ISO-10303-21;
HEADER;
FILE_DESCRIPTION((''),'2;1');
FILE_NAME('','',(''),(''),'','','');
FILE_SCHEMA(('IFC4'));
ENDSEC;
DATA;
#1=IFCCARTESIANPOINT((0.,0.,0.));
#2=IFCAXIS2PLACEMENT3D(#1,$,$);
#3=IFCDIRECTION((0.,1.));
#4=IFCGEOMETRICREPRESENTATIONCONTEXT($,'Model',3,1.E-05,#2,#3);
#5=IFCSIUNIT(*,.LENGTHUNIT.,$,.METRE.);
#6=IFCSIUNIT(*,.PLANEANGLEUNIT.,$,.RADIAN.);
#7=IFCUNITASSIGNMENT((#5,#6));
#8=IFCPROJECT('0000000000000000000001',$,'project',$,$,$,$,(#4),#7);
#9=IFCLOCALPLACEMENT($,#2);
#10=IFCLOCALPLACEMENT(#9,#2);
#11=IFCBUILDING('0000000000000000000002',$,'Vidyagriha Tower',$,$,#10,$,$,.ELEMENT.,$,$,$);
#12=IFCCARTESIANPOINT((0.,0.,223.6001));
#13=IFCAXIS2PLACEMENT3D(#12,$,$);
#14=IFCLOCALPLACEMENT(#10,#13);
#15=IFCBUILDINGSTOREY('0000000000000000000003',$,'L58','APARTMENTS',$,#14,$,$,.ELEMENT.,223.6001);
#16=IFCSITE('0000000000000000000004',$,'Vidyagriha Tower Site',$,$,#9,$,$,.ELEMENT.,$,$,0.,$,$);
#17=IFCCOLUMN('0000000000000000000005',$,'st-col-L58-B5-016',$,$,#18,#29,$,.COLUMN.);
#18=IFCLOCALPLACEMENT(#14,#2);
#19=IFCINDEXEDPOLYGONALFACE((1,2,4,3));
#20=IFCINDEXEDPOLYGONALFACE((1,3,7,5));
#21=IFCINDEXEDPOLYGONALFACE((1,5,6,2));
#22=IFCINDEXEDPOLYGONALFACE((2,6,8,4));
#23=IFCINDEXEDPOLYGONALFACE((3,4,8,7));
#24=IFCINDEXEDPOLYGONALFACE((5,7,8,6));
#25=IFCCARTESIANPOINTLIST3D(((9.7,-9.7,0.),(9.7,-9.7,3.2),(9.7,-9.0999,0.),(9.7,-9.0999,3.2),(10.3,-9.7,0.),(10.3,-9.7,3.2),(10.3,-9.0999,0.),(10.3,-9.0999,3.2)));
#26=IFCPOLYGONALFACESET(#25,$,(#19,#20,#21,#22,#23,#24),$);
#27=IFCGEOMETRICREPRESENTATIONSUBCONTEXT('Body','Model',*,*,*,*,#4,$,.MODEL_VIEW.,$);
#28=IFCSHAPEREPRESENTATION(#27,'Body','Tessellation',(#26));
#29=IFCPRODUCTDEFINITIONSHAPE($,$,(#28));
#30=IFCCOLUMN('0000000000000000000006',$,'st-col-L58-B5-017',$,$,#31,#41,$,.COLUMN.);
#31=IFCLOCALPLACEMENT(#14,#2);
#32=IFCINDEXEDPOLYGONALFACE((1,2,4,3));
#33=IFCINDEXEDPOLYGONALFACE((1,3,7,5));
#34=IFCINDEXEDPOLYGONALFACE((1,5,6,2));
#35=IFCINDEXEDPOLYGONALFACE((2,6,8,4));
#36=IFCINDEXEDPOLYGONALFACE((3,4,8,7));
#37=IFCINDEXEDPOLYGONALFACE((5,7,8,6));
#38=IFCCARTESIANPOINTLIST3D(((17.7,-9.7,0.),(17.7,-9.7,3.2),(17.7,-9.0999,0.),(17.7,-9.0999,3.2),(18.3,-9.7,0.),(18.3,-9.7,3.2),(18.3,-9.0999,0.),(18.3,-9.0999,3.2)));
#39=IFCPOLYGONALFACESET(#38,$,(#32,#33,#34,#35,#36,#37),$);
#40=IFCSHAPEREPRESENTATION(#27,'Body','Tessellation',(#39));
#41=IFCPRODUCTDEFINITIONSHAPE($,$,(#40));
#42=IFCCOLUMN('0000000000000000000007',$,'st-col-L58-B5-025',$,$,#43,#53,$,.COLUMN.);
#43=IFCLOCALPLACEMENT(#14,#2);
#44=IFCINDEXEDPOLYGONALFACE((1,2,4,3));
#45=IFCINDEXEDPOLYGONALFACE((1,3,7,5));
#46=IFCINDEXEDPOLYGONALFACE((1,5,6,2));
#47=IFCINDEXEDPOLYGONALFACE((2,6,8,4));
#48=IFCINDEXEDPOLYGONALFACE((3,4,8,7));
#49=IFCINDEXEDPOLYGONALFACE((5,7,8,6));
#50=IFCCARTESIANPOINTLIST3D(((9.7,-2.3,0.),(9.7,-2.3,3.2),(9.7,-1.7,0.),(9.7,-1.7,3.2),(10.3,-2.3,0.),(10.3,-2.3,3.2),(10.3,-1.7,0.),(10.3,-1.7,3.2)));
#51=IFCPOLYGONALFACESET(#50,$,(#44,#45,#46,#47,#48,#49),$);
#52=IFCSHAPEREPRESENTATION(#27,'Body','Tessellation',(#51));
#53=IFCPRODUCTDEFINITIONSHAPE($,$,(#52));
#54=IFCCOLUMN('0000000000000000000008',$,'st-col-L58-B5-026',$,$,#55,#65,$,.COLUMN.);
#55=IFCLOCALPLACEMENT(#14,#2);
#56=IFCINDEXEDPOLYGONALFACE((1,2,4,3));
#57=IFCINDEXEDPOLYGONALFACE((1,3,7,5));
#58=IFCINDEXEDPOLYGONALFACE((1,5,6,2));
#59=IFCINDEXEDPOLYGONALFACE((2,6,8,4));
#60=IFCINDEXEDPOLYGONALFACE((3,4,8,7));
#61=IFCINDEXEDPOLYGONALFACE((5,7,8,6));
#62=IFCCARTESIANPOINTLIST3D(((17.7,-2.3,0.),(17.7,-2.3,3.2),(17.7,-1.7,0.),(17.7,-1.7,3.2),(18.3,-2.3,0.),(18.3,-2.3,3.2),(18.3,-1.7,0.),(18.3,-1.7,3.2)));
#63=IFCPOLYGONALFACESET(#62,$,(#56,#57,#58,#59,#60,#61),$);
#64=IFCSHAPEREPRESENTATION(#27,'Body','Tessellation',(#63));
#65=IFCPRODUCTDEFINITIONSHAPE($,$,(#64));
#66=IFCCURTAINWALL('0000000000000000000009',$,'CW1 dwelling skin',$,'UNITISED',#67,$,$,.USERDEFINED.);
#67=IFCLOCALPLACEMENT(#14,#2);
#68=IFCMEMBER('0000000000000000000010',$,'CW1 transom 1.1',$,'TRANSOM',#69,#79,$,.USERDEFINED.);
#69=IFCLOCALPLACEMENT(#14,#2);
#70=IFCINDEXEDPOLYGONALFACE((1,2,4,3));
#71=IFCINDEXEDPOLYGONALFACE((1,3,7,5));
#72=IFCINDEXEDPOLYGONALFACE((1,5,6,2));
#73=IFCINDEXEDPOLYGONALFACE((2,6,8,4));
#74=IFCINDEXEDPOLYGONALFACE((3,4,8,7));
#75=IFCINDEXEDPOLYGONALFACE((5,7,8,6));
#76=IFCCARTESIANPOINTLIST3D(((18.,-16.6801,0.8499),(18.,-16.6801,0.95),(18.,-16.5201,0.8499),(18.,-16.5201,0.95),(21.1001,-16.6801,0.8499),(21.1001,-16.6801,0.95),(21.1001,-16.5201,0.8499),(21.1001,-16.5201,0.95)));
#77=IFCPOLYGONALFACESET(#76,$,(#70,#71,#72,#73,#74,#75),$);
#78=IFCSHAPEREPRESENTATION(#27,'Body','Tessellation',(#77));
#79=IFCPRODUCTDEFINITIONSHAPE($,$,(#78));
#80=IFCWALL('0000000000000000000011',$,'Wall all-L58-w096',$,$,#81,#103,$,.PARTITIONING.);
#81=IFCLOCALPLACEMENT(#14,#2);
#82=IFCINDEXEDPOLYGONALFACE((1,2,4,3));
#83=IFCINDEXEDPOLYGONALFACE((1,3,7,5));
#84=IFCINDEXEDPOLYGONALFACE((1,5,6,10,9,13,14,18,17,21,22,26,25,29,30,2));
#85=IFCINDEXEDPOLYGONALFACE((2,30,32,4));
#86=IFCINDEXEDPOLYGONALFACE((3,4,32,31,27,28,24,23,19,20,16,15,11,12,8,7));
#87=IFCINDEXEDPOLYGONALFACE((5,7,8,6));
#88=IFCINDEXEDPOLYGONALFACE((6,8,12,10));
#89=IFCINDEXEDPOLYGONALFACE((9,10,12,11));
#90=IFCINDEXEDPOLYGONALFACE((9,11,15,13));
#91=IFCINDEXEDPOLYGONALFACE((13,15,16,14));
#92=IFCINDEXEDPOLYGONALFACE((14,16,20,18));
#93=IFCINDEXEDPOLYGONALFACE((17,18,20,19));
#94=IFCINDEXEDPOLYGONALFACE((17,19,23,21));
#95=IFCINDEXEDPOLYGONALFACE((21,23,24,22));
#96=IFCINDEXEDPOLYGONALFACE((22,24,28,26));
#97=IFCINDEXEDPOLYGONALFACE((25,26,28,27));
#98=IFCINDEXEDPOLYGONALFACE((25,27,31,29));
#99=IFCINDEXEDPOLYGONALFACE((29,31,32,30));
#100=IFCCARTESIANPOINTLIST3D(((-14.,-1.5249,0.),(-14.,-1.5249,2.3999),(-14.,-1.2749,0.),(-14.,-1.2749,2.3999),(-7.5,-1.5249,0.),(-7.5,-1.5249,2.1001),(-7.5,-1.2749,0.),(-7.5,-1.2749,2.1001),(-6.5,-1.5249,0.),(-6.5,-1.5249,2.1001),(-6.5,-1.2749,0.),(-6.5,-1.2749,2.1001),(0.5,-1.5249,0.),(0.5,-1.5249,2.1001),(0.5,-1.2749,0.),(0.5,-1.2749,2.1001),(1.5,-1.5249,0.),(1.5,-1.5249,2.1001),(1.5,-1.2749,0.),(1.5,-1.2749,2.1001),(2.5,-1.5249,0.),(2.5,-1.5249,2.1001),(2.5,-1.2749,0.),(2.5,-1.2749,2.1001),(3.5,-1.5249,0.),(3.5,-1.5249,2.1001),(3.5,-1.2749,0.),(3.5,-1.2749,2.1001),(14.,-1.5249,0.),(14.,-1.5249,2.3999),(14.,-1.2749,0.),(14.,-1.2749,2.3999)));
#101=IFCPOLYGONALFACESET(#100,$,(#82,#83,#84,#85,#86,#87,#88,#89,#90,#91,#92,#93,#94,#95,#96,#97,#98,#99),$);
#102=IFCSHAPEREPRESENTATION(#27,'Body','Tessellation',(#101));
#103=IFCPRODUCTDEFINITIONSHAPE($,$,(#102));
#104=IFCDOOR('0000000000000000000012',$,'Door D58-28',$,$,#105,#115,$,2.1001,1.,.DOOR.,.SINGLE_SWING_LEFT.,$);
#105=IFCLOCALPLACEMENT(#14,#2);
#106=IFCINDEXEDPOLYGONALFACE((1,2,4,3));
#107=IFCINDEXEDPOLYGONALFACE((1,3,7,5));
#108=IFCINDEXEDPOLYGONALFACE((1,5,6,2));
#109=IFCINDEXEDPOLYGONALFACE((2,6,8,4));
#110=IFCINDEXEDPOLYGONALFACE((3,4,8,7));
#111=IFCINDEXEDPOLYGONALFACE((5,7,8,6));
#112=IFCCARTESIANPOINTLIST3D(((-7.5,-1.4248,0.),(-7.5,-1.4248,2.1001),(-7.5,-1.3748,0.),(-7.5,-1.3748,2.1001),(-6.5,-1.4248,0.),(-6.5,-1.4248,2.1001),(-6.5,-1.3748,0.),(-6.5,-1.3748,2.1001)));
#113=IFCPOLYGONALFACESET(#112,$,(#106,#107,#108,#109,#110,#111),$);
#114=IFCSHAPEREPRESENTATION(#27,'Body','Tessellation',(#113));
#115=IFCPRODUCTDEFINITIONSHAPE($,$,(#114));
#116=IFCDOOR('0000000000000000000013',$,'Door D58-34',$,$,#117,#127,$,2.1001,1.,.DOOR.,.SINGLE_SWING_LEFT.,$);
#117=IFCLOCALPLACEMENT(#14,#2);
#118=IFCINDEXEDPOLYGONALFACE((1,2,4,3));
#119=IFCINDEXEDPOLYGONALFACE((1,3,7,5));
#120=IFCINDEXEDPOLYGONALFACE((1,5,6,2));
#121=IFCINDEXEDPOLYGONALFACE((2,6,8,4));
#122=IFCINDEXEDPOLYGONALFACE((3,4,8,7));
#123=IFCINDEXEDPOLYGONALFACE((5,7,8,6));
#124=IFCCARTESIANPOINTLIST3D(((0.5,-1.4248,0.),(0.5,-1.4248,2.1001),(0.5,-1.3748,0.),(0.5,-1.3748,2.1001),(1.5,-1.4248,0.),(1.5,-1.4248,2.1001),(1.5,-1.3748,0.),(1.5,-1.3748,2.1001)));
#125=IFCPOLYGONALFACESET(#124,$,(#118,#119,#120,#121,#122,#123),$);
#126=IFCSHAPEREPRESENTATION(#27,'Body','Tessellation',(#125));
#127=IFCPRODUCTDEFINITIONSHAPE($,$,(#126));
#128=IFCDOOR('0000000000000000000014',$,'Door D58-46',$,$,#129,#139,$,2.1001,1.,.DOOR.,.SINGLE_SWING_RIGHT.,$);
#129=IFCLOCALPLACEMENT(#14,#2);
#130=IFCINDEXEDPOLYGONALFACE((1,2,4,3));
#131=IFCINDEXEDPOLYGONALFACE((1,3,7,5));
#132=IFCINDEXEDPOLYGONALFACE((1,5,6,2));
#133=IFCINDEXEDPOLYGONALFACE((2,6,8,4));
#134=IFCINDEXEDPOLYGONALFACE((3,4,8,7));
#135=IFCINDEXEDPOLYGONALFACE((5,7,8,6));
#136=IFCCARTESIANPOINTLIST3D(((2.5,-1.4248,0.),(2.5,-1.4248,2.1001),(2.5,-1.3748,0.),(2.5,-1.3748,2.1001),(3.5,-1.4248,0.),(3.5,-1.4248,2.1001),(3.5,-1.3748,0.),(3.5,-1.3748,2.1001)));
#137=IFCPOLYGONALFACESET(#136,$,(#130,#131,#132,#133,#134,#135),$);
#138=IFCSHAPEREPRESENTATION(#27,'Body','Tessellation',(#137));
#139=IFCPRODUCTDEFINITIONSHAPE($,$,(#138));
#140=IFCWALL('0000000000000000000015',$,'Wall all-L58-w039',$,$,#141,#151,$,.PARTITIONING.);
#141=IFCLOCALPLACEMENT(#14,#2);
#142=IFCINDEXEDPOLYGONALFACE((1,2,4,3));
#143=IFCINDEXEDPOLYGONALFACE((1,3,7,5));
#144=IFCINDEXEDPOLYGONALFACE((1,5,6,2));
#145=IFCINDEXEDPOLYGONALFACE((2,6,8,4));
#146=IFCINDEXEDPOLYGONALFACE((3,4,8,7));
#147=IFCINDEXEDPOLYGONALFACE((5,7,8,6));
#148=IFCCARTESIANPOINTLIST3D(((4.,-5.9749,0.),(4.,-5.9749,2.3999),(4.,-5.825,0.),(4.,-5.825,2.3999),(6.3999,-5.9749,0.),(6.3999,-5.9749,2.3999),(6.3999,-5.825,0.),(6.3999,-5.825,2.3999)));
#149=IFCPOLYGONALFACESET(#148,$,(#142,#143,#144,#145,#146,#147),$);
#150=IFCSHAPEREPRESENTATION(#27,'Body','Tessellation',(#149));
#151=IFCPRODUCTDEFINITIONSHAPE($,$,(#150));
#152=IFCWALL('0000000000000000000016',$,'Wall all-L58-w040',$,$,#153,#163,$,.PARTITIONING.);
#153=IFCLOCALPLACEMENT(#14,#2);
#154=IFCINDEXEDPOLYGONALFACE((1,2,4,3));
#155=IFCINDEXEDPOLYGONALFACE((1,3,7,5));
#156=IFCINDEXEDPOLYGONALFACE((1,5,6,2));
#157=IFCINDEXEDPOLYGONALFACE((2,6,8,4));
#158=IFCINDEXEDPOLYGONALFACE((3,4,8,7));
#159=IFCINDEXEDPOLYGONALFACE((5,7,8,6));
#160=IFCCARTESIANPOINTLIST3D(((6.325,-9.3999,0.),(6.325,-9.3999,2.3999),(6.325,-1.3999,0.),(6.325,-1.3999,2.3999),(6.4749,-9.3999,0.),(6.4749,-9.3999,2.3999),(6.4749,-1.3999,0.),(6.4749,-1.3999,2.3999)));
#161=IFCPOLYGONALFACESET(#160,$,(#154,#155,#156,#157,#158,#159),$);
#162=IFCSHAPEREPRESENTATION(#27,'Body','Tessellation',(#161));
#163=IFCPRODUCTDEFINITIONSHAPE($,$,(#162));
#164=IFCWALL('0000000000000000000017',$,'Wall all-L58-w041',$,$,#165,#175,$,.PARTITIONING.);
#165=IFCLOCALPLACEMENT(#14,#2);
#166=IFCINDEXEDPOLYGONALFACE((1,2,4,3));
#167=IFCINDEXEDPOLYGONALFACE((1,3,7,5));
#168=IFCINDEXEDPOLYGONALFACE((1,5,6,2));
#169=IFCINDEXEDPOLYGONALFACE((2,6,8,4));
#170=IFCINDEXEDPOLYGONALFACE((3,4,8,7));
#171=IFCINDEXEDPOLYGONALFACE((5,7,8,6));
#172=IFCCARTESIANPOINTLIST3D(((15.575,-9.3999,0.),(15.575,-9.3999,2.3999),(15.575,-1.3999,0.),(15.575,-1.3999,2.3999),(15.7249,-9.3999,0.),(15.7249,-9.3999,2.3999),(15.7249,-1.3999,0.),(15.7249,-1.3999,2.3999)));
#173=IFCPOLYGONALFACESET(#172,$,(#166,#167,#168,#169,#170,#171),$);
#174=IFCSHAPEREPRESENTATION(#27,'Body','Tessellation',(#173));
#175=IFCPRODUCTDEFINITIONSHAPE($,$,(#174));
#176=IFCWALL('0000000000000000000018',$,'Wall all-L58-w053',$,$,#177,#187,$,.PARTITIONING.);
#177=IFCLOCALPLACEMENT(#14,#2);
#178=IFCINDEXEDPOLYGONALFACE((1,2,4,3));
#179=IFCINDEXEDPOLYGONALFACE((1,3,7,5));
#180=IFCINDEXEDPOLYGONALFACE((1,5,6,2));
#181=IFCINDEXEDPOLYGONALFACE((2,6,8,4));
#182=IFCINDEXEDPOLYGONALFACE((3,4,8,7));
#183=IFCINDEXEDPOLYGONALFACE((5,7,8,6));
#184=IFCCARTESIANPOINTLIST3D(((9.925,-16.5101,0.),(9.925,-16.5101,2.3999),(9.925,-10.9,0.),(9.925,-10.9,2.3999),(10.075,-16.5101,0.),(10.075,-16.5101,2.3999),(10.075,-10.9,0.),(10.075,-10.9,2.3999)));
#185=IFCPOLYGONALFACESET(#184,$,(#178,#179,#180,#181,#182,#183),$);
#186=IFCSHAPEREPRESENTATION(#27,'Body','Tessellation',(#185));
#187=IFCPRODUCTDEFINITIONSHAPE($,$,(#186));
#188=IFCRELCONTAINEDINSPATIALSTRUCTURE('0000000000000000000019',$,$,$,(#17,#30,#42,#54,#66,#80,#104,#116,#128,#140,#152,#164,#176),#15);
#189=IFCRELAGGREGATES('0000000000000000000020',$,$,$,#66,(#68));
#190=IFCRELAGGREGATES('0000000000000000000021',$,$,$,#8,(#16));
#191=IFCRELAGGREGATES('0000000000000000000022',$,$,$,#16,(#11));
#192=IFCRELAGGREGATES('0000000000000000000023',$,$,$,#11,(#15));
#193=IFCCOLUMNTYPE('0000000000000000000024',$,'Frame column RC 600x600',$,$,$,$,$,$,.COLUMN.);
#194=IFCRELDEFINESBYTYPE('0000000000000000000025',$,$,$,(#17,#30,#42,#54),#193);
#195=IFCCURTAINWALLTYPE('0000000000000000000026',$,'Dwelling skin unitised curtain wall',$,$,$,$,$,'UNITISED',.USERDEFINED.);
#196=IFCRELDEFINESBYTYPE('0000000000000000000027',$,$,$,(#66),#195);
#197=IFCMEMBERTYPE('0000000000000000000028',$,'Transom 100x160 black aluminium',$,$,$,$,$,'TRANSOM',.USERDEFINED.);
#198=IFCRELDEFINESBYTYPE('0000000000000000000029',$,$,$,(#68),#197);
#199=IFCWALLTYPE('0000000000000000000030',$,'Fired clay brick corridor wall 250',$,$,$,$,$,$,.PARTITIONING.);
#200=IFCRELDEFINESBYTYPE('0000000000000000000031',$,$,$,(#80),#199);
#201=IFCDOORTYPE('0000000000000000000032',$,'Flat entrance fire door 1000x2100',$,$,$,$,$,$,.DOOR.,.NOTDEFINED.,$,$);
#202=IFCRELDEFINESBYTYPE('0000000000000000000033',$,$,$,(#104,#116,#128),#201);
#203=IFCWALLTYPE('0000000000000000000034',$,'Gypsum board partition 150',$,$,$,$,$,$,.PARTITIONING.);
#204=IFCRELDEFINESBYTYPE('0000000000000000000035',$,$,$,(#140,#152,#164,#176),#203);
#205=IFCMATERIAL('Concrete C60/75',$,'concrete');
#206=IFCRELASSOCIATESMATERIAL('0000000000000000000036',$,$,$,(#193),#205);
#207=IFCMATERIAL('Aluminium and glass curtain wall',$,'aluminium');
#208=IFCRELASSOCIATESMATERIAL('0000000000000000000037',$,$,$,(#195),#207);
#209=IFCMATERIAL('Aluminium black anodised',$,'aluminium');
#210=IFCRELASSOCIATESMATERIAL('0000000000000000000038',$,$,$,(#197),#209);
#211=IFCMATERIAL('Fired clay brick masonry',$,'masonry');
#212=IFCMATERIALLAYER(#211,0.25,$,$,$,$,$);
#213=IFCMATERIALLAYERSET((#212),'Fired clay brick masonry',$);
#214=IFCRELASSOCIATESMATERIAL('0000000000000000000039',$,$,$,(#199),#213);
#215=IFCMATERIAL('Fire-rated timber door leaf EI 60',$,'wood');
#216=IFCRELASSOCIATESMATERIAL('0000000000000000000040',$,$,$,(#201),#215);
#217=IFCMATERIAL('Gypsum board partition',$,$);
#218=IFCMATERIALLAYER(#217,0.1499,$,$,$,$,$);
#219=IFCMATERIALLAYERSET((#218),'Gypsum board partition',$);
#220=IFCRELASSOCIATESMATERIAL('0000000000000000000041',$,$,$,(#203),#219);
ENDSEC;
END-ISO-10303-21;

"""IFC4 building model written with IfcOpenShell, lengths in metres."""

from ifc_helpers import new_model, si_unit, direction, frame, frame_2d, origin, origin_2d, place, context, subcontext, project, spatial, rectangle, extrude, material, layer, layer_set, material_profile, profile_set, type_object, element, fill, aggregate, save


model = new_model("IFC4")

# Units and contexts
model_context = context("Model", 3, precision=1e-05, world=origin(), true_north=direction((0.0, 1.0)))
body_context = subcontext(model_context, "Body", "Model", "MODEL_VIEW")
ifc_project = project(units=[si_unit("LENGTHUNIT", "METRE"), si_unit("PLANEANGLEUNIT", "RADIAN")], contexts=[model_context])

# Site, building, storey
site_placement = place(None, origin())
site = spatial("IfcSite", under=ifc_project, at=site_placement, Name="Vidyagriha Tower Site", CompositionType="ELEMENT", RefElevation=0.0)
building_placement = place(site_placement, origin())
building = spatial("IfcBuilding", under=site, at=building_placement, Name="Vidyagriha Tower", CompositionType="ELEMENT")
storey_placement = place(building_placement, frame((0.0, 0.0, 223.6001)))
storey = spatial("IfcBuildingStorey", under=building, at=storey_placement, Name="L58", Description="APARTMENTS", CompositionType="ELEMENT", Elevation=223.6001)

# Columns
ifc_material_1 = material(Name="Concrete C60/75", Category="concrete")
ifc_material_profile_1 = material_profile(ifc_material_1, rectangle(XDim=0.6001, YDim=0.6001, at=origin_2d()), Name="RC 600x600")
ifc_profile_set_1 = profile_set([ifc_material_profile_1], Name="Concrete C60/75")
column_type = type_object("IfcColumnType", Name="Frame column RC 600x600", PredefinedType="COLUMN", material=ifc_profile_set_1)
for number, where, name in (
    (1, (10.0, -9.3999, 0.0), "st-col-L58-B5-016"),
    (2, (18.0, -9.3999, 0.0), "st-col-L58-B5-017"),
    (3, (10.0, -2.0, 0.0), "st-col-L58-B5-025"),
    (4, (18.0, -2.0, 0.0), "st-col-L58-B5-026"),
):
    element("IfcColumn", number, at=place(storey_placement, frame(where)), inside=storey, type_object=column_type, Name=name, PredefinedType="COLUMN", context=body_context, shape_type="SweptSolid", body=[
        extrude(rectangle(XDim=0.6001, YDim=0.6001, at=origin_2d()), origin(), (0.0, 0.0, 1.0), 3.2),
    ])

# Curtain wall, member
ifc_material_2 = material(Name="Aluminium and glass curtain wall", Category="aluminium")
curtain_wall_type = type_object("IfcCurtainWallType", Name="Dwelling skin unitised curtain wall", ElementType="UNITISED", PredefinedType="USERDEFINED", material=ifc_material_2)
curtain_wall_placement = place(storey_placement, origin())
curtain_wall = element("IfcCurtainWall", 5, at=curtain_wall_placement, inside=storey, type_object=curtain_wall_type, Name="CW1 dwelling skin", ObjectType="UNITISED", PredefinedType="USERDEFINED")
ifc_material_3 = material(Name="Aluminium black anodised", Category="aluminium")
ifc_material_profile_2 = material_profile(ifc_material_3, rectangle(XDim=0.1599, YDim=0.1001, at=origin_2d()), Name="Transom 100x160 black aluminium")
ifc_profile_set_2 = profile_set([ifc_material_profile_2], Name="Aluminium black anodised")
member_type = type_object("IfcMemberType", Name="Transom 100x160 black aluminium", ElementType="TRANSOM", PredefinedType="USERDEFINED", material=ifc_profile_set_2)
member_placement = place(storey_placement, frame((18.0, -16.6001, 0.8999), z_axis=(1.0, 0.0, 0.0), x_axis=(0.0, 1.0, 0.0)))
member = element("IfcMember", 6, at=member_placement, type_object=member_type, Name="CW1 transom 1.1", ObjectType="TRANSOM", PredefinedType="USERDEFINED", context=body_context, shape_type="SweptSolid", body=[
    extrude(rectangle(XDim=0.1599, YDim=0.1001, at=origin_2d()), origin(), (0.0, 0.0, 1.0), 3.1001),
])
aggregate(curtain_wall, [member])

# Wall, openings, doors
ifc_material_4 = material(Name="Fired clay brick masonry", Category="masonry")
ifc_layer_1 = layer(ifc_material_4, 0.25)
ifc_layer_set_1 = layer_set([ifc_layer_1], Name="Fired clay brick masonry")
wall_type_1 = type_object("IfcWallType", Name="Fired clay brick corridor wall 250", PredefinedType="PARTITIONING", material=ifc_layer_set_1)
wall_1_placement = place(storey_placement, frame((14.0, -1.3999, 0.0), z_axis=(0.0, 0.0, 1.0), x_axis=(-1.0, 0.0, 0.0)))
wall_1 = element("IfcWall", 7, at=wall_1_placement, inside=storey, type_object=wall_type_1, Name="Wall all-L58-w096", PredefinedType="PARTITIONING", context=body_context, shape_type="SweptSolid", body=[
    extrude(rectangle(XDim=28.0, YDim=0.25, at=frame_2d((14.0, 0.0))), origin(), (0.0, 0.0, 1.0), 2.3999),
])
opening_1_placement = place(wall_1_placement, frame((20.5, 0.0, 0.0)))
opening_1 = element("IfcOpeningElement", 8, at=opening_1_placement, cuts=wall_1, PredefinedType="OPENING", context=body_context, shape_type="SweptSolid", body=[
    extrude(rectangle(XDim=1.0, YDim=2.1001, at=frame_2d((0.5, 1.05))), frame((0.0, 0.135, 0.0), z_axis=(0.0, -1.0, 0.0), x_axis=(1.0, 0.0, 0.0)), (0.0, 0.0, 1.0), 0.27),
])
opening_2_placement = place(wall_1_placement, frame((12.5, 0.0, 0.0)))
opening_2 = element("IfcOpeningElement", 9, at=opening_2_placement, cuts=wall_1, PredefinedType="OPENING", context=body_context, shape_type="SweptSolid", body=[
    extrude(rectangle(XDim=1.0, YDim=2.1001, at=frame_2d((0.5, 1.05))), frame((0.0, 0.135, 0.0), z_axis=(0.0, -1.0, 0.0), x_axis=(1.0, 0.0, 0.0)), (0.0, 0.0, 1.0), 0.27),
])
opening_3_placement = place(wall_1_placement, frame((10.5, 0.0, 0.0)))
opening_3 = element("IfcOpeningElement", 10, at=opening_3_placement, cuts=wall_1, PredefinedType="OPENING", context=body_context, shape_type="SweptSolid", body=[
    extrude(rectangle(XDim=1.0, YDim=2.1001, at=frame_2d((0.5, 1.05))), frame((0.0, 0.135, 0.0), z_axis=(0.0, -1.0, 0.0), x_axis=(1.0, 0.0, 0.0)), (0.0, 0.0, 1.0), 0.27),
])
ifc_material_5 = material(Name="Fire-rated timber door leaf EI 60", Category="wood")
door_type = type_object("IfcDoorType", Name="Flat entrance fire door 1000x2100", OperationType="NOTDEFINED", PredefinedType="DOOR", material=ifc_material_5)
door_1_placement = place(opening_1_placement, origin())
door_1 = element("IfcDoor", 11, at=door_1_placement, inside=storey, type_object=door_type, Name="Door D58-28", OperationType="SINGLE_SWING_LEFT", OverallHeight=2.1001, OverallWidth=1.0, PredefinedType="DOOR", context=body_context, shape_type="SweptSolid", body=[
    extrude(rectangle(XDim=1.0, YDim=2.1001, at=frame_2d((0.5, 1.05))), frame((0.0, 0.0249, 0.0), z_axis=(0.0, -1.0, 0.0), x_axis=(1.0, 0.0, 0.0)), (0.0, 0.0, 1.0), 0.05),
])
fill(opening_1, door_1)
door_2_placement = place(opening_2_placement, origin())
door_2 = element("IfcDoor", 12, at=door_2_placement, inside=storey, type_object=door_type, Name="Door D58-34", OperationType="SINGLE_SWING_LEFT", OverallHeight=2.1001, OverallWidth=1.0, PredefinedType="DOOR", context=body_context, shape_type="SweptSolid", body=[
    extrude(rectangle(XDim=1.0, YDim=2.1001, at=frame_2d((0.5, 1.05))), frame((0.0, 0.0249, 0.0), z_axis=(0.0, -1.0, 0.0), x_axis=(1.0, 0.0, 0.0)), (0.0, 0.0, 1.0), 0.05),
])
fill(opening_2, door_2)
door_3_placement = place(opening_3_placement, origin())
door_3 = element("IfcDoor", 13, at=door_3_placement, inside=storey, type_object=door_type, Name="Door D58-46", OperationType="SINGLE_SWING_RIGHT", OverallHeight=2.1001, OverallWidth=1.0, PredefinedType="DOOR", context=body_context, shape_type="SweptSolid", body=[
    extrude(rectangle(XDim=1.0, YDim=2.1001, at=frame_2d((0.5, 1.05))), frame((0.0, 0.0249, 0.0), z_axis=(0.0, -1.0, 0.0), x_axis=(1.0, 0.0, 0.0)), (0.0, 0.0, 1.0), 0.05),
])
fill(opening_3, door_3)

# Walls
ifc_material_6 = material(Name="Gypsum board partition")
ifc_layer_2 = layer(ifc_material_6, 0.1499)
ifc_layer_set_2 = layer_set([ifc_layer_2], Name="Gypsum board partition")
wall_type_2 = type_object("IfcWallType", Name="Gypsum board partition 150", PredefinedType="PARTITIONING", material=ifc_layer_set_2)
wall_2_placement = place(storey_placement, frame((6.3999, -5.8999, 0.0), z_axis=(0.0, 0.0, 1.0), x_axis=(-1.0, 0.0, 0.0)))
element("IfcWall", 14, at=wall_2_placement, inside=storey, type_object=wall_type_2, Name="Wall all-L58-w039", PredefinedType="PARTITIONING", context=body_context, shape_type="SweptSolid", body=[
    extrude(rectangle(XDim=2.3999, YDim=0.1499, at=frame_2d((1.2, 0.0))), origin(), (0.0, 0.0, 1.0), 2.3999),
])
for number, where, z_axis, x_axis, name in (
    (15, (6.3999, -1.3999, 0.0), (0.0, 0.0, 1.0), (0.0, -1.0, 0.0), "Wall all-L58-w040"),
    (16, (15.6499, -1.3999, 0.0), (0.0, 0.0, 1.0), (0.0, -1.0, 0.0), "Wall all-L58-w041"),
):
    element("IfcWall", number, at=place(storey_placement, frame(where, z_axis=z_axis, x_axis=x_axis)), inside=storey, type_object=wall_type_2, Name=name, PredefinedType="PARTITIONING", context=body_context, shape_type="SweptSolid", body=[
        extrude(rectangle(XDim=8.0, YDim=0.1499, at=frame_2d((4.0, 0.0))), origin(), (0.0, 0.0, 1.0), 2.3999),
    ])
wall_3_placement = place(storey_placement, frame((10.0, -10.8999, 0.0), z_axis=(0.0, 0.0, 1.0), x_axis=(0.0, -1.0, 0.0)))
element("IfcWall", 17, at=wall_3_placement, inside=storey, type_object=wall_type_2, Name="Wall all-L58-w053", PredefinedType="PARTITIONING", context=body_context, shape_type="SweptSolid", body=[
    extrude(rectangle(XDim=5.6101, YDim=0.1499, at=frame_2d((2.8052, 0.0))), origin(), (0.0, 0.0, 1.0), 2.3999),
])

save(model, "model.ifc")
